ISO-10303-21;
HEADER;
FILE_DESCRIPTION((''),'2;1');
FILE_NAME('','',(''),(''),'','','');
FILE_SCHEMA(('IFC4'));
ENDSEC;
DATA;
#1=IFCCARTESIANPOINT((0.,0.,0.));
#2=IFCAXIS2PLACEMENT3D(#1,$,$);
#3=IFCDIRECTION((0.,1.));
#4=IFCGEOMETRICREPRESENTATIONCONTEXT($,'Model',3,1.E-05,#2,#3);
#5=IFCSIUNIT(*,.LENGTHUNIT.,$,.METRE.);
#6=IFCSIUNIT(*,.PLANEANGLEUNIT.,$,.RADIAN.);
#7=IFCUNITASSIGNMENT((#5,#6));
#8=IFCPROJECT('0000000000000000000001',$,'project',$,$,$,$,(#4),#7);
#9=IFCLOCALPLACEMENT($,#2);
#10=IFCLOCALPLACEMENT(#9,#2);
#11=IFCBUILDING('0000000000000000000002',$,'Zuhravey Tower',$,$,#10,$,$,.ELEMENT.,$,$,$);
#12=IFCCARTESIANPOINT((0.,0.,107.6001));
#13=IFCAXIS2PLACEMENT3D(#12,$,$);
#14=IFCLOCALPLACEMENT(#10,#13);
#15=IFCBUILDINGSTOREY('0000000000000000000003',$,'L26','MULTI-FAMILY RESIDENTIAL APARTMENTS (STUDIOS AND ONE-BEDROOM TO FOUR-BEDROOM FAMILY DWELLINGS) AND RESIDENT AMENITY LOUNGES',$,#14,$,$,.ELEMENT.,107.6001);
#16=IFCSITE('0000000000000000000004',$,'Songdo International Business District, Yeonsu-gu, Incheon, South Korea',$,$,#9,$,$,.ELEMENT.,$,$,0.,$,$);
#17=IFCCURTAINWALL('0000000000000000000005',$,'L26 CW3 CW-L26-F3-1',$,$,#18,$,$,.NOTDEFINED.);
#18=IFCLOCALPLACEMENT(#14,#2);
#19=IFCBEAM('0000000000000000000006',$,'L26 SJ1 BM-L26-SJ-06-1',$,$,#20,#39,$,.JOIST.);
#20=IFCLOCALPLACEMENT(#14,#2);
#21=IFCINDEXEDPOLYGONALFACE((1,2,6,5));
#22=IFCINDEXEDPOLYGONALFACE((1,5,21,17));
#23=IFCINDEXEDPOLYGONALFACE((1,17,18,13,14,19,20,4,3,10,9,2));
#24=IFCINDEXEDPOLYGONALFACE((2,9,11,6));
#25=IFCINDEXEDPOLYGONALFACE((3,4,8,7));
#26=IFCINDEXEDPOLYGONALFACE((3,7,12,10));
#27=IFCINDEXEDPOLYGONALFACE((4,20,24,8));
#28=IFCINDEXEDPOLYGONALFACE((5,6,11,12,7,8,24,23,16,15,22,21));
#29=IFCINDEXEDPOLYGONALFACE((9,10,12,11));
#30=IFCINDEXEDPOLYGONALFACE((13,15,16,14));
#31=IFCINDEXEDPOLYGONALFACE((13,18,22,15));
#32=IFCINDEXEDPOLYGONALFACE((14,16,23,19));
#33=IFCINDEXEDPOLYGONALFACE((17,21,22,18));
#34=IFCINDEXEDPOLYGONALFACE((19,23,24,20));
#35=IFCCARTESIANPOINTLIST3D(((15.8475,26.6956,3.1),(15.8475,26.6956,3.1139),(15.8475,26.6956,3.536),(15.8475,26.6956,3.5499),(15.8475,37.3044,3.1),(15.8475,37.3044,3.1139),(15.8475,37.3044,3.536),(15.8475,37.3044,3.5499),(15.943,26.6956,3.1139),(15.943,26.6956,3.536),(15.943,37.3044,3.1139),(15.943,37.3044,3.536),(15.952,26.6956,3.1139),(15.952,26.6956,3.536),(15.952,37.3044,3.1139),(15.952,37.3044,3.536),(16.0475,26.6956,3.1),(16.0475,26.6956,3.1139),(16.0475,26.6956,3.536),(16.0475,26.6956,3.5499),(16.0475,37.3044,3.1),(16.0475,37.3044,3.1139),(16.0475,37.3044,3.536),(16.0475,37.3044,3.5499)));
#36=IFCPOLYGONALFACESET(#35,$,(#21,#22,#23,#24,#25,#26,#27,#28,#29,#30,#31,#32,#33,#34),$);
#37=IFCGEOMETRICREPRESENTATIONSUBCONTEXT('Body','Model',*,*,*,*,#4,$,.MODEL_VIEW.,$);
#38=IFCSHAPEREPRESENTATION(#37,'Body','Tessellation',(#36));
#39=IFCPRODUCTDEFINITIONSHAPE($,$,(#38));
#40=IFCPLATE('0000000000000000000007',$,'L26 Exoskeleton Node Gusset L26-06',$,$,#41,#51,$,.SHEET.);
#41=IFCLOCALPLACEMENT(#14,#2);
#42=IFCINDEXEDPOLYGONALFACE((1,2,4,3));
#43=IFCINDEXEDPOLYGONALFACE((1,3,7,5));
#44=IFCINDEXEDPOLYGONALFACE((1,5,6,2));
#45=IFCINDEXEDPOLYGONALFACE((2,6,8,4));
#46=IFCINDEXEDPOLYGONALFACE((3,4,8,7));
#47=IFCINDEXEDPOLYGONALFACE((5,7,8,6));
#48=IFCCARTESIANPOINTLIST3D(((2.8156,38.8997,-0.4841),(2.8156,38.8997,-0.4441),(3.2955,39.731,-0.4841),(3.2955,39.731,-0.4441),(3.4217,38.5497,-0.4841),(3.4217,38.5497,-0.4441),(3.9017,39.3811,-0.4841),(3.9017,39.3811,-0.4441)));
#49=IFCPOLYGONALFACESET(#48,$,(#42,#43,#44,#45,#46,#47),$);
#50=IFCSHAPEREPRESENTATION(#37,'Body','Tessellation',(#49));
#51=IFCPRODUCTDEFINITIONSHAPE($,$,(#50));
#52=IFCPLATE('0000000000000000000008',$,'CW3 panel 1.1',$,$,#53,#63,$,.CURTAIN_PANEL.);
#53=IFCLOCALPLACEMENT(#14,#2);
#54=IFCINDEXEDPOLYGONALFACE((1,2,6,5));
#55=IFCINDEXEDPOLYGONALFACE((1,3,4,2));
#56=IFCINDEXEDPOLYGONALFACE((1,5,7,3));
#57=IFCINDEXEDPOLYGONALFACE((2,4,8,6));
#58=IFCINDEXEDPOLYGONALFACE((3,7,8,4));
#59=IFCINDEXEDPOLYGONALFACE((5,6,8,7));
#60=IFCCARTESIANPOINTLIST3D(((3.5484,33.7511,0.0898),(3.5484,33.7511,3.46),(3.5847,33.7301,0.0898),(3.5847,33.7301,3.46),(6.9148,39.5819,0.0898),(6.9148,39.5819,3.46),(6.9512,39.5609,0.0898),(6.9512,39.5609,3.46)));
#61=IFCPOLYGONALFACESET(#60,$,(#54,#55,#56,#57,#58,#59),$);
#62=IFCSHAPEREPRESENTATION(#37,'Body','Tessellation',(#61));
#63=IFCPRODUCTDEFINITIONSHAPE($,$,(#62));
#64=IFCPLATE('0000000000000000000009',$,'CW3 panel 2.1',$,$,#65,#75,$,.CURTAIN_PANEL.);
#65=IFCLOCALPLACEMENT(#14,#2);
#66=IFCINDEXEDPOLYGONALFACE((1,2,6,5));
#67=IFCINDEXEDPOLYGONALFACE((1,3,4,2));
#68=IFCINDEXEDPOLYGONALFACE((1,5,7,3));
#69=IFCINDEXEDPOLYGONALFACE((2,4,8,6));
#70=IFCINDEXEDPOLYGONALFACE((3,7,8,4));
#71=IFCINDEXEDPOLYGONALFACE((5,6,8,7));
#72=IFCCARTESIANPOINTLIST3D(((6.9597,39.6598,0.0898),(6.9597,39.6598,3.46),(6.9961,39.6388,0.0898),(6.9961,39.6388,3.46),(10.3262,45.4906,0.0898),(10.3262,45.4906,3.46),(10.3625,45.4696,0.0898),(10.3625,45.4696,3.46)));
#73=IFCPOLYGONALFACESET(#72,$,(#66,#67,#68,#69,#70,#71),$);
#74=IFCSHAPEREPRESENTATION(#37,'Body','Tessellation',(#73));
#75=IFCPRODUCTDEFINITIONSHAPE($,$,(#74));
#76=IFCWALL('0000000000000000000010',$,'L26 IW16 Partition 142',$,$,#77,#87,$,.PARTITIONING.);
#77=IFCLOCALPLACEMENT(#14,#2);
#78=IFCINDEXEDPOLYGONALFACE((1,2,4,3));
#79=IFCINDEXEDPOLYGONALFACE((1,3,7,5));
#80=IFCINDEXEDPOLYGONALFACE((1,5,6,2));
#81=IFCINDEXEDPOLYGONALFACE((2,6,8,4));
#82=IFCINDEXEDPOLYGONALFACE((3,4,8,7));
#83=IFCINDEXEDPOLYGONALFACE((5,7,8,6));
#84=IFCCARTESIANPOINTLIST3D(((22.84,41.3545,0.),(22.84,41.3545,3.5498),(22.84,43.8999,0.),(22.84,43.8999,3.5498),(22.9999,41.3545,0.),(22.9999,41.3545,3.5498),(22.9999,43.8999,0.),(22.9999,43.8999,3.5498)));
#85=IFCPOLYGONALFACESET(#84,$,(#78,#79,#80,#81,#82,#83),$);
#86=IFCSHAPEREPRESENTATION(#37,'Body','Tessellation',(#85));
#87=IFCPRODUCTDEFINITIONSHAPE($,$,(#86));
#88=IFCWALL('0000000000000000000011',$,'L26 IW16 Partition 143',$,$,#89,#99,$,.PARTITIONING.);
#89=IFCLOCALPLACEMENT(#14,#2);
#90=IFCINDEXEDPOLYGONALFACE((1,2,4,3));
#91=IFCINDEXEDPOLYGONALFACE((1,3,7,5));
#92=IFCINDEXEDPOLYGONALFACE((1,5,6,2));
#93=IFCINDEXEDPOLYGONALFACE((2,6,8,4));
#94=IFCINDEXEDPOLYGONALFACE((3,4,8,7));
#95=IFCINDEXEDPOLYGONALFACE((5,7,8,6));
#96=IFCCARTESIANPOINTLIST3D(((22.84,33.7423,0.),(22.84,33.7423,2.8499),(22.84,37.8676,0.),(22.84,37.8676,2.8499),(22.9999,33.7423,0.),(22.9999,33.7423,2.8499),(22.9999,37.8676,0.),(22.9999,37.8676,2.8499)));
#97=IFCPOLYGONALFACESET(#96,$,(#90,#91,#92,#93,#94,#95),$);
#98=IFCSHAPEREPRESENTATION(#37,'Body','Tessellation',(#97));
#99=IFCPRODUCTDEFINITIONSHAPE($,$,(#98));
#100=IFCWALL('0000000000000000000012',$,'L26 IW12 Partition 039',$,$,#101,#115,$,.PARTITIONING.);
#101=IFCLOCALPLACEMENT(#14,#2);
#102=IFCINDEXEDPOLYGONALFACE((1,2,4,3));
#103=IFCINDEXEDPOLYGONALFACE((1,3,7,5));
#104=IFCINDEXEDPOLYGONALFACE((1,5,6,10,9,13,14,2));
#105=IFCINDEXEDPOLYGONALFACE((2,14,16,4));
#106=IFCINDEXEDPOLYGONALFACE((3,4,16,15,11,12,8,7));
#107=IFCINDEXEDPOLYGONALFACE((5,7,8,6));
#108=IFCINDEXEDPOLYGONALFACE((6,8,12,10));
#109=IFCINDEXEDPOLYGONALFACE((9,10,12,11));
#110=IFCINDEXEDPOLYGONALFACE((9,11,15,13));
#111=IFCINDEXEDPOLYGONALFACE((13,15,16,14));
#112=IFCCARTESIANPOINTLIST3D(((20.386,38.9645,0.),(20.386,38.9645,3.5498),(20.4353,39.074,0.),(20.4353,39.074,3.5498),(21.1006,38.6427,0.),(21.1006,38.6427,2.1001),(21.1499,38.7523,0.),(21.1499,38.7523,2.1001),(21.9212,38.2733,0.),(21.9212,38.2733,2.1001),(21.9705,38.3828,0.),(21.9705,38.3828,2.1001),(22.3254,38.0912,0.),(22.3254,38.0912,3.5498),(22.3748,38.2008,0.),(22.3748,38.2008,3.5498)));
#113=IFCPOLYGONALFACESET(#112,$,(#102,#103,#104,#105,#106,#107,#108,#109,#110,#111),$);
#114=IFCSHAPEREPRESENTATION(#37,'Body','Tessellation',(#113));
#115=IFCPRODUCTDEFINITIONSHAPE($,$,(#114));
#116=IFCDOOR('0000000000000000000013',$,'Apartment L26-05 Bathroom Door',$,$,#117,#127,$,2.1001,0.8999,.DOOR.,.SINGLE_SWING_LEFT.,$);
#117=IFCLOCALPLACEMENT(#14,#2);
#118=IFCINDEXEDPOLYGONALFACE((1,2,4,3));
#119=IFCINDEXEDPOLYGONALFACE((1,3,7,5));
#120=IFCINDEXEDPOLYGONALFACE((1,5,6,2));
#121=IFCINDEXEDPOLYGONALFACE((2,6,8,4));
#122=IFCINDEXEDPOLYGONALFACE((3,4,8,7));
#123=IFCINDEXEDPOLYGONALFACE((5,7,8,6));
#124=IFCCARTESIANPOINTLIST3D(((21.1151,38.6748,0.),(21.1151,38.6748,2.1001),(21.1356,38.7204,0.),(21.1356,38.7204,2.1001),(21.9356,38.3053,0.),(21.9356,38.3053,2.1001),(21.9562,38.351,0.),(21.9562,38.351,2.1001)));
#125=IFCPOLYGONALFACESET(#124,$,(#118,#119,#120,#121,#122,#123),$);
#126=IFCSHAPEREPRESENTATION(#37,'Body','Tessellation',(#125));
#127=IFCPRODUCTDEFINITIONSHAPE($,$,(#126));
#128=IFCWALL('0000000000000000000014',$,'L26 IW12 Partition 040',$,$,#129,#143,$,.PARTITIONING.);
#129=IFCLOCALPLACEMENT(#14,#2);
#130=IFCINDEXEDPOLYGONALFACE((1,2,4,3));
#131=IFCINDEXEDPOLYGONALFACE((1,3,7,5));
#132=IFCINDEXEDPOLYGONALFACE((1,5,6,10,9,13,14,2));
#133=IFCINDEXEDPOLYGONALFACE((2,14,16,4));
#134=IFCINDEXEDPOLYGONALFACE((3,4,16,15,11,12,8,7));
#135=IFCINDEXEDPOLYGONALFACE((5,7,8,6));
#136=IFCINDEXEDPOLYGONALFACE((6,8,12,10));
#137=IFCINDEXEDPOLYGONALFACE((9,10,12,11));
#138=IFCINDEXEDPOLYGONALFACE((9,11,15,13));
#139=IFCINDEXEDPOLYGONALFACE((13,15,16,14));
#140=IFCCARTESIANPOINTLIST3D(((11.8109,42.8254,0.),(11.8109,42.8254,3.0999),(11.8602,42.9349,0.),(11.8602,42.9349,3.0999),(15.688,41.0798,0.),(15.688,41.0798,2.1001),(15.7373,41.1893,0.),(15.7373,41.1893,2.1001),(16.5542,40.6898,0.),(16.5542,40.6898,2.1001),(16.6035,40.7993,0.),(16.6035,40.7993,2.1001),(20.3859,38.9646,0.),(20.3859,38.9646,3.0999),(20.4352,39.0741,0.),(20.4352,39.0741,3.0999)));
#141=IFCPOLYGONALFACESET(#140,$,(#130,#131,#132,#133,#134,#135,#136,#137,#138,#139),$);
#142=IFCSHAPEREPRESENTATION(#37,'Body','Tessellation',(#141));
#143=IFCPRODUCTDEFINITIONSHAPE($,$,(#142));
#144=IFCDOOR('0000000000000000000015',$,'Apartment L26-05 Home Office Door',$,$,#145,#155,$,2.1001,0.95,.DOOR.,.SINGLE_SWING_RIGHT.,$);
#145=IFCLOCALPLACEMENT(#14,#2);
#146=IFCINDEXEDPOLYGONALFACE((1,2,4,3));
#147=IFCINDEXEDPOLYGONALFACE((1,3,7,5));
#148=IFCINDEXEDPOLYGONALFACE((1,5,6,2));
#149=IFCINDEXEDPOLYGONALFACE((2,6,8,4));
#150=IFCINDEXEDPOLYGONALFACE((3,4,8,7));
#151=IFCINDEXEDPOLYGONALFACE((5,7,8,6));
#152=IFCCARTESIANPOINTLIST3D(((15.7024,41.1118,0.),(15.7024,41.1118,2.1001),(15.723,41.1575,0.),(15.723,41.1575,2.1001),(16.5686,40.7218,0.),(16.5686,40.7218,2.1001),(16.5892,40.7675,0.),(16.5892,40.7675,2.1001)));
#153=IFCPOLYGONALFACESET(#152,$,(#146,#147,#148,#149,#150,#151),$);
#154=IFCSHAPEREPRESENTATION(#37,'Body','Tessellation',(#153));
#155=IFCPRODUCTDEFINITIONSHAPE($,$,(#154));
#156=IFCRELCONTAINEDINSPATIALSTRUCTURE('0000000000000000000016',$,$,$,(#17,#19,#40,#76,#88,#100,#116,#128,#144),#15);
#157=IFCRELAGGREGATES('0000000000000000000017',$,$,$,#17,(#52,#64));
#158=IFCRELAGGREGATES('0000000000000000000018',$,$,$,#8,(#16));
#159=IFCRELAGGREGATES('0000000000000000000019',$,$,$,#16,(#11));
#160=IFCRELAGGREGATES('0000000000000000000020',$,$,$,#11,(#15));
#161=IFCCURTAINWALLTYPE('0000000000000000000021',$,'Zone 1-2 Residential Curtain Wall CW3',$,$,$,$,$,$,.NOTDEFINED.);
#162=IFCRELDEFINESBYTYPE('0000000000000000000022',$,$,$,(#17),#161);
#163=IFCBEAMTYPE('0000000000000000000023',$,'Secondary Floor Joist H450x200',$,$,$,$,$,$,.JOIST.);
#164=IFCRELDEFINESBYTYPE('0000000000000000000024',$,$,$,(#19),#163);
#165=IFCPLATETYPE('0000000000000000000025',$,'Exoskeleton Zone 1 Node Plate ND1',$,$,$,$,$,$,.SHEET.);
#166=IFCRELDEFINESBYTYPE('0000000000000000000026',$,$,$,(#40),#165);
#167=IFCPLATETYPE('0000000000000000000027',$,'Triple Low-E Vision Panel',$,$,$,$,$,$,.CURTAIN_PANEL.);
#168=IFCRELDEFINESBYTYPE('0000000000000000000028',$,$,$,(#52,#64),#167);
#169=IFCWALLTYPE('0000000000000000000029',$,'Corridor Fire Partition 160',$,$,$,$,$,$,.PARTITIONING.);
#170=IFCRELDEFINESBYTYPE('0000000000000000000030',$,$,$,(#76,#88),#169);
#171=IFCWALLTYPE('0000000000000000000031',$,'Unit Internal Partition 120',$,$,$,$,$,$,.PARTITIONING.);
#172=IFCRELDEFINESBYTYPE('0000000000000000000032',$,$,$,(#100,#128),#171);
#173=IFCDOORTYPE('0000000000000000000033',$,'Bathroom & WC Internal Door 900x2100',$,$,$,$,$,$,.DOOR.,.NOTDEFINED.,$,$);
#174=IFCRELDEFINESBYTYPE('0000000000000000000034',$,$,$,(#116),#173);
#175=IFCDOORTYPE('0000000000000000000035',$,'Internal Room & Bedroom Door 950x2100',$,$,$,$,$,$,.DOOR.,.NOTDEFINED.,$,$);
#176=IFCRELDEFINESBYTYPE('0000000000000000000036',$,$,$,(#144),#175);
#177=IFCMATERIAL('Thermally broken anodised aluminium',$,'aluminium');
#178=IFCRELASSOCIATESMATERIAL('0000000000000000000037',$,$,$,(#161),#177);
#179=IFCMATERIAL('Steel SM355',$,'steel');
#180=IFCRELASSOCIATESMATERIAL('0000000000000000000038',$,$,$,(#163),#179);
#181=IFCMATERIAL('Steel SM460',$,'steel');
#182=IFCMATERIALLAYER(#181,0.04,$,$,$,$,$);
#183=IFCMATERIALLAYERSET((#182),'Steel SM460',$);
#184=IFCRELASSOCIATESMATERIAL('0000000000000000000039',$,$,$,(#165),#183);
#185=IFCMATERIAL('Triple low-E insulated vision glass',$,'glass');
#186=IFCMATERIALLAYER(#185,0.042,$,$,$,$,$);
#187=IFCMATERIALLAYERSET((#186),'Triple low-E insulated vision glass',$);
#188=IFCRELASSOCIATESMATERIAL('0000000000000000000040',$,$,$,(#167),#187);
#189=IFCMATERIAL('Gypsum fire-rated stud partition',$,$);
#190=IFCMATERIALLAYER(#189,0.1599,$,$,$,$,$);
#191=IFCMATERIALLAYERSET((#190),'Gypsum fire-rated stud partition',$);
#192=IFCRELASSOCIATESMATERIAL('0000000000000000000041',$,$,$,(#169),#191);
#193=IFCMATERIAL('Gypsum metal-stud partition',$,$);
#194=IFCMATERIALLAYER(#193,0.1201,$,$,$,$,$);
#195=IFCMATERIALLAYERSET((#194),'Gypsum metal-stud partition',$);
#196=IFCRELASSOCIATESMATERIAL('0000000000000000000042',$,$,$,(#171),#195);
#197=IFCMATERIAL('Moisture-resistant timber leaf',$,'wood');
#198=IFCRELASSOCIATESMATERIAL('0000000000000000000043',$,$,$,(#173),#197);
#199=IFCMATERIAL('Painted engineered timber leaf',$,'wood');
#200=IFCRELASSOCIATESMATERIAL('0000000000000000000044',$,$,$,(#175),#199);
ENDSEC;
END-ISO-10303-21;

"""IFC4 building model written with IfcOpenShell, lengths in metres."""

from ifc_helpers import new_model, si_unit, direction, frame, frame_2d, origin, origin_2d, place, context, subcontext, project, spatial, rectangle, i_section, extrude, material, layer, layer_set, material_profile, profile_set, type_object, element, fill, aggregate, save


model = new_model("IFC4")

# Units and contexts
model_context = context("Model", 3, precision=1e-05, world=origin(), true_north=direction((0.0, 1.0)))
body_context = subcontext(model_context, "Body", "Model", "MODEL_VIEW")
ifc_project = project(units=[si_unit("LENGTHUNIT", "METRE"), si_unit("PLANEANGLEUNIT", "RADIAN")], contexts=[model_context])

# Site, building, storey
site_placement = place(None, origin())
site = spatial("IfcSite", under=ifc_project, at=site_placement, Name="Songdo International Business District, Yeonsu-gu, Incheon, South Korea", CompositionType="ELEMENT", RefElevation=0.0)
building_placement = place(site_placement, origin())
building = spatial("IfcBuilding", under=site, at=building_placement, Name="Zuhravey Tower", CompositionType="ELEMENT")
storey_placement = place(building_placement, frame((0.0, 0.0, 107.6001)))
storey = spatial("IfcBuildingStorey", under=building, at=storey_placement, Name="L26", Description="MULTI-FAMILY RESIDENTIAL APARTMENTS (STUDIOS AND ONE-BEDROOM TO FOUR-BEDROOM FAMILY DWELLINGS) AND RESIDENT AMENITY LOUNGES", CompositionType="ELEMENT", Elevation=107.6001)

# Curtain wall
ifc_material_1 = material(Name="Thermally broken anodised aluminium", Category="aluminium")
curtain_wall_type = type_object("IfcCurtainWallType", Name="Zone 1-2 Residential Curtain Wall CW3", PredefinedType="NOTDEFINED", material=ifc_material_1)
curtain_wall_placement = place(storey_placement, origin())
curtain_wall = element("IfcCurtainWall", 1, at=curtain_wall_placement, inside=storey, type_object=curtain_wall_type, Name="L26 CW3 CW-L26-F3-1", PredefinedType="NOTDEFINED")

# Shared definitions
ifc_material_2 = material(Name="Steel SM460", Category="steel")

# Beam
ifc_material_3 = material(Name="Steel SM355", Category="steel")
ifc_material_profile_1 = material_profile(ifc_material_3, i_section(OverallWidth=0.2, OverallDepth=0.45, WebThickness=0.009, FlangeThickness=0.0139, at=origin_2d()), Name="H-450x200x9x14")
ifc_profile_set_1 = profile_set([ifc_material_profile_1], Name="Steel SM355")
beam_type_1 = type_object("IfcBeamType", Name="Secondary Floor Joist H450x200", PredefinedType="JOIST", material=ifc_profile_set_1)
beam_1_placement = place(storey_placement, frame((15.9475, 37.3044, 3.325), z_axis=(0.0, -1.0, 0.0), x_axis=(1.0, 0.0, 0.0)))
element("IfcBeam", 2, at=beam_1_placement, inside=storey, type_object=beam_type_1, Name="L26 SJ1 BM-L26-SJ-06-1", PredefinedType="JOIST", context=body_context, shape_type="SweptSolid", body=[
    extrude(i_section(OverallWidth=0.2, OverallDepth=0.45, WebThickness=0.009, FlangeThickness=0.0139, at=origin_2d()), origin(), (0.0, 0.0, 1.0), 10.6089),
])

# Plates
ifc_layer_1 = layer(ifc_material_2, 0.04)
ifc_layer_set_1 = layer_set([ifc_layer_1], Name="Steel SM460")
plate_type_1 = type_object("IfcPlateType", Name="Exoskeleton Zone 1 Node Plate ND1", PredefinedType="SHEET", material=ifc_layer_set_1)
plate_1_placement = place(storey_placement, frame((3.3586, 39.1404, -0.4841), z_axis=(0.0, 0.0, 1.0), x_axis=(-0.5, -0.866025, 0.0)))
element("IfcPlate", 3, at=plate_1_placement, inside=storey, type_object=plate_type_1, Name="L26 Exoskeleton Node Gusset L26-06", PredefinedType="SHEET", context=body_context, shape_type="SweptSolid", body=[
    extrude(rectangle(XDim=0.96, YDim=0.7, at=origin_2d()), origin(), (0.0, 0.0, 1.0), 0.04),
])
ifc_material_4 = material(Name="Triple low-E insulated vision glass", Category="glass")
ifc_layer_2 = layer(ifc_material_4, 0.042)
ifc_layer_set_2 = layer_set([ifc_layer_2], Name="Triple low-E insulated vision glass")
plate_type_2 = type_object("IfcPlateType", Name="Triple Low-E Vision Panel", PredefinedType="CURTAIN_PANEL", material=ifc_layer_set_2)
plate_2_placement = place(storey_placement, frame((5.2498, 36.656, 0.0898), z_axis=(0.0, 0.0, 1.0), x_axis=(0.499998, 0.866026, 0.0)))
plate_2 = element("IfcPlate", 4, at=plate_2_placement, type_object=plate_type_2, Name="CW3 panel 1.1", PredefinedType="CURTAIN_PANEL", context=body_context, shape_type="SweptSolid", body=[
    extrude(rectangle(XDim=6.7329, YDim=0.042, at=origin_2d()), origin(), (0.0, 0.0, 1.0), 3.3701),
])
plate_3_placement = place(storey_placement, frame((8.6611, 42.5647, 0.0898), z_axis=(0.0, 0.0, 1.0), x_axis=(0.499998, 0.866026, 0.0)))
plate_3 = element("IfcPlate", 5, at=plate_3_placement, type_object=plate_type_2, Name="CW3 panel 2.1", PredefinedType="CURTAIN_PANEL", context=body_context, shape_type="SweptSolid", body=[
    extrude(rectangle(XDim=6.7329, YDim=0.042, at=origin_2d()), origin(), (0.0, 0.0, 1.0), 3.3701),
])
aggregate(curtain_wall, [plate_2, plate_3])

# Shared definitions
ifc_material_5 = material(Name="Gypsum fire-rated stud partition")
ifc_layer_3 = layer(ifc_material_5, 0.1599)
ifc_layer_set_3 = layer_set([ifc_layer_3], Name="Gypsum fire-rated stud partition")
wall_type_1 = type_object("IfcWallType", Name="Corridor Fire Partition 160", PredefinedType="PARTITIONING", material=ifc_layer_set_3)

# Walls
wall_1_placement = place(storey_placement, frame((22.9199, 43.8999, 0.0), z_axis=(0.0, 0.0, 1.0), x_axis=(0.0, -1.0, 0.0)))
element("IfcWall", 6, at=wall_1_placement, inside=storey, type_object=wall_type_1, Name="L26 IW16 Partition 142", PredefinedType="PARTITIONING", context=body_context, shape_type="SweptSolid", body=[
    extrude(rectangle(XDim=2.5454, YDim=0.1599, at=frame_2d((1.2727, 0.0))), origin(), (0.0, 0.0, 1.0), 3.5498),
])
wall_2_placement = place(storey_placement, frame((22.9199, 37.8674, 0.0), z_axis=(0.0, 0.0, 1.0), x_axis=(0.0, -1.0, 0.0)))
element("IfcWall", 7, at=wall_2_placement, inside=storey, type_object=wall_type_1, Name="L26 IW16 Partition 143", PredefinedType="PARTITIONING", context=body_context, shape_type="SweptSolid", body=[
    extrude(rectangle(XDim=4.1252, YDim=0.1599, at=frame_2d((2.0625, 0.0))), origin(), (0.0, 0.0, 1.0), 2.8499),
])

# Walls, openings, doors
ifc_material_6 = material(Name="Gypsum metal-stud partition")
ifc_layer_4 = layer(ifc_material_6, 0.1201)
ifc_layer_set_4 = layer_set([ifc_layer_4], Name="Gypsum metal-stud partition")
wall_type_2 = type_object("IfcWallType", Name="Unit Internal Partition 120", PredefinedType="PARTITIONING", material=ifc_layer_set_4)
wall_3_placement = place(storey_placement, frame((22.3501, 38.146, 0.0), z_axis=(0.0, 0.0, 1.0), x_axis=(-0.911827, 0.410575, 0.0)))
wall_3 = element("IfcWall", 8, at=wall_3_placement, inside=storey, type_object=wall_type_2, Name="L26 IW12 Partition 039", PredefinedType="PARTITIONING", context=body_context, shape_type="SweptSolid", body=[
    extrude(rectangle(XDim=2.127, YDim=0.1201, at=frame_2d((1.0635, 0.0))), origin(), (0.0, 0.0, 1.0), 3.5498),
])
opening_1_placement = place(wall_3_placement, frame((0.4434, 0.0, 0.0)))
opening_1 = element("IfcOpeningElement", 9, at=opening_1_placement, cuts=wall_3, PredefinedType="OPENING", context=body_context, shape_type="SweptSolid", body=[
    extrude(rectangle(XDim=0.8999, YDim=2.1001, at=frame_2d((0.45, 1.05))), frame((0.0, 0.072, 0.0), z_axis=(0.0, -1.0, 0.0), x_axis=(1.0, 0.0, 0.0)), (0.0, 0.0, 1.0), 0.144),
])
ifc_material_7 = material(Name="Moisture-resistant timber leaf", Category="wood")
door_type_1 = type_object("IfcDoorType", Name="Bathroom & WC Internal Door 900x2100", OperationType="NOTDEFINED", PredefinedType="DOOR", material=ifc_material_7)
door_1_placement = place(opening_1_placement, origin())
door_1 = element("IfcDoor", 10, at=door_1_placement, inside=storey, type_object=door_type_1, Name="Apartment L26-05 Bathroom Door", OperationType="SINGLE_SWING_LEFT", OverallHeight=2.1001, OverallWidth=0.8999, PredefinedType="DOOR", context=body_context, shape_type="SweptSolid", body=[
    extrude(rectangle(XDim=0.8999, YDim=2.1001, at=frame_2d((0.45, 1.05))), frame((0.0, 0.0249, 0.0), z_axis=(0.0, -1.0, 0.0), x_axis=(1.0, 0.0, 0.0)), (0.0, 0.0, 1.0), 0.05),
])
fill(opening_1, door_1)
wall_4_placement = place(storey_placement, frame((20.4106, 39.0193, 0.0), z_axis=(0.0, 0.0, 1.0), x_axis=(-0.911837, 0.410551, 0.0)))
wall_4 = element("IfcWall", 11, at=wall_4_placement, inside=storey, type_object=wall_type_2, Name="L26 IW12 Partition 040", PredefinedType="PARTITIONING", context=body_context, shape_type="SweptSolid", body=[
    extrude(rectangle(XDim=9.4041, YDim=0.1201, at=frame_2d((4.7021, 0.0))), origin(), (0.0, 0.0, 1.0), 3.0999),
])
opening_2_placement = place(wall_4_placement, frame((4.2021, 0.0, 0.0)))
opening_2 = element("IfcOpeningElement", 12, at=opening_2_placement, cuts=wall_4, PredefinedType="OPENING", context=body_context, shape_type="SweptSolid", body=[
    extrude(rectangle(XDim=0.95, YDim=2.1001, at=frame_2d((0.4751, 1.05))), frame((0.0, 0.072, 0.0), z_axis=(0.0, -1.0, 0.0), x_axis=(1.0, 0.0, 0.0)), (0.0, 0.0, 1.0), 0.144),
])
ifc_material_8 = material(Name="Painted engineered timber leaf", Category="wood")
door_type_2 = type_object("IfcDoorType", Name="Internal Room & Bedroom Door 950x2100", OperationType="NOTDEFINED", PredefinedType="DOOR", material=ifc_material_8)
door_2_placement = place(opening_2_placement, origin())
door_2 = element("IfcDoor", 13, at=door_2_placement, inside=storey, type_object=door_type_2, Name="Apartment L26-05 Home Office Door", OperationType="SINGLE_SWING_RIGHT", OverallHeight=2.1001, OverallWidth=0.95, PredefinedType="DOOR", context=body_context, shape_type="SweptSolid", body=[
    extrude(rectangle(XDim=0.95, YDim=2.1001, at=frame_2d((0.4751, 1.05))), frame((0.0, 0.0249, 0.0), z_axis=(0.0, -1.0, 0.0), x_axis=(1.0, 0.0, 0.0)), (0.0, 0.0, 1.0), 0.05),
])
fill(opening_2, door_2)

save(model, "model.ifc")
